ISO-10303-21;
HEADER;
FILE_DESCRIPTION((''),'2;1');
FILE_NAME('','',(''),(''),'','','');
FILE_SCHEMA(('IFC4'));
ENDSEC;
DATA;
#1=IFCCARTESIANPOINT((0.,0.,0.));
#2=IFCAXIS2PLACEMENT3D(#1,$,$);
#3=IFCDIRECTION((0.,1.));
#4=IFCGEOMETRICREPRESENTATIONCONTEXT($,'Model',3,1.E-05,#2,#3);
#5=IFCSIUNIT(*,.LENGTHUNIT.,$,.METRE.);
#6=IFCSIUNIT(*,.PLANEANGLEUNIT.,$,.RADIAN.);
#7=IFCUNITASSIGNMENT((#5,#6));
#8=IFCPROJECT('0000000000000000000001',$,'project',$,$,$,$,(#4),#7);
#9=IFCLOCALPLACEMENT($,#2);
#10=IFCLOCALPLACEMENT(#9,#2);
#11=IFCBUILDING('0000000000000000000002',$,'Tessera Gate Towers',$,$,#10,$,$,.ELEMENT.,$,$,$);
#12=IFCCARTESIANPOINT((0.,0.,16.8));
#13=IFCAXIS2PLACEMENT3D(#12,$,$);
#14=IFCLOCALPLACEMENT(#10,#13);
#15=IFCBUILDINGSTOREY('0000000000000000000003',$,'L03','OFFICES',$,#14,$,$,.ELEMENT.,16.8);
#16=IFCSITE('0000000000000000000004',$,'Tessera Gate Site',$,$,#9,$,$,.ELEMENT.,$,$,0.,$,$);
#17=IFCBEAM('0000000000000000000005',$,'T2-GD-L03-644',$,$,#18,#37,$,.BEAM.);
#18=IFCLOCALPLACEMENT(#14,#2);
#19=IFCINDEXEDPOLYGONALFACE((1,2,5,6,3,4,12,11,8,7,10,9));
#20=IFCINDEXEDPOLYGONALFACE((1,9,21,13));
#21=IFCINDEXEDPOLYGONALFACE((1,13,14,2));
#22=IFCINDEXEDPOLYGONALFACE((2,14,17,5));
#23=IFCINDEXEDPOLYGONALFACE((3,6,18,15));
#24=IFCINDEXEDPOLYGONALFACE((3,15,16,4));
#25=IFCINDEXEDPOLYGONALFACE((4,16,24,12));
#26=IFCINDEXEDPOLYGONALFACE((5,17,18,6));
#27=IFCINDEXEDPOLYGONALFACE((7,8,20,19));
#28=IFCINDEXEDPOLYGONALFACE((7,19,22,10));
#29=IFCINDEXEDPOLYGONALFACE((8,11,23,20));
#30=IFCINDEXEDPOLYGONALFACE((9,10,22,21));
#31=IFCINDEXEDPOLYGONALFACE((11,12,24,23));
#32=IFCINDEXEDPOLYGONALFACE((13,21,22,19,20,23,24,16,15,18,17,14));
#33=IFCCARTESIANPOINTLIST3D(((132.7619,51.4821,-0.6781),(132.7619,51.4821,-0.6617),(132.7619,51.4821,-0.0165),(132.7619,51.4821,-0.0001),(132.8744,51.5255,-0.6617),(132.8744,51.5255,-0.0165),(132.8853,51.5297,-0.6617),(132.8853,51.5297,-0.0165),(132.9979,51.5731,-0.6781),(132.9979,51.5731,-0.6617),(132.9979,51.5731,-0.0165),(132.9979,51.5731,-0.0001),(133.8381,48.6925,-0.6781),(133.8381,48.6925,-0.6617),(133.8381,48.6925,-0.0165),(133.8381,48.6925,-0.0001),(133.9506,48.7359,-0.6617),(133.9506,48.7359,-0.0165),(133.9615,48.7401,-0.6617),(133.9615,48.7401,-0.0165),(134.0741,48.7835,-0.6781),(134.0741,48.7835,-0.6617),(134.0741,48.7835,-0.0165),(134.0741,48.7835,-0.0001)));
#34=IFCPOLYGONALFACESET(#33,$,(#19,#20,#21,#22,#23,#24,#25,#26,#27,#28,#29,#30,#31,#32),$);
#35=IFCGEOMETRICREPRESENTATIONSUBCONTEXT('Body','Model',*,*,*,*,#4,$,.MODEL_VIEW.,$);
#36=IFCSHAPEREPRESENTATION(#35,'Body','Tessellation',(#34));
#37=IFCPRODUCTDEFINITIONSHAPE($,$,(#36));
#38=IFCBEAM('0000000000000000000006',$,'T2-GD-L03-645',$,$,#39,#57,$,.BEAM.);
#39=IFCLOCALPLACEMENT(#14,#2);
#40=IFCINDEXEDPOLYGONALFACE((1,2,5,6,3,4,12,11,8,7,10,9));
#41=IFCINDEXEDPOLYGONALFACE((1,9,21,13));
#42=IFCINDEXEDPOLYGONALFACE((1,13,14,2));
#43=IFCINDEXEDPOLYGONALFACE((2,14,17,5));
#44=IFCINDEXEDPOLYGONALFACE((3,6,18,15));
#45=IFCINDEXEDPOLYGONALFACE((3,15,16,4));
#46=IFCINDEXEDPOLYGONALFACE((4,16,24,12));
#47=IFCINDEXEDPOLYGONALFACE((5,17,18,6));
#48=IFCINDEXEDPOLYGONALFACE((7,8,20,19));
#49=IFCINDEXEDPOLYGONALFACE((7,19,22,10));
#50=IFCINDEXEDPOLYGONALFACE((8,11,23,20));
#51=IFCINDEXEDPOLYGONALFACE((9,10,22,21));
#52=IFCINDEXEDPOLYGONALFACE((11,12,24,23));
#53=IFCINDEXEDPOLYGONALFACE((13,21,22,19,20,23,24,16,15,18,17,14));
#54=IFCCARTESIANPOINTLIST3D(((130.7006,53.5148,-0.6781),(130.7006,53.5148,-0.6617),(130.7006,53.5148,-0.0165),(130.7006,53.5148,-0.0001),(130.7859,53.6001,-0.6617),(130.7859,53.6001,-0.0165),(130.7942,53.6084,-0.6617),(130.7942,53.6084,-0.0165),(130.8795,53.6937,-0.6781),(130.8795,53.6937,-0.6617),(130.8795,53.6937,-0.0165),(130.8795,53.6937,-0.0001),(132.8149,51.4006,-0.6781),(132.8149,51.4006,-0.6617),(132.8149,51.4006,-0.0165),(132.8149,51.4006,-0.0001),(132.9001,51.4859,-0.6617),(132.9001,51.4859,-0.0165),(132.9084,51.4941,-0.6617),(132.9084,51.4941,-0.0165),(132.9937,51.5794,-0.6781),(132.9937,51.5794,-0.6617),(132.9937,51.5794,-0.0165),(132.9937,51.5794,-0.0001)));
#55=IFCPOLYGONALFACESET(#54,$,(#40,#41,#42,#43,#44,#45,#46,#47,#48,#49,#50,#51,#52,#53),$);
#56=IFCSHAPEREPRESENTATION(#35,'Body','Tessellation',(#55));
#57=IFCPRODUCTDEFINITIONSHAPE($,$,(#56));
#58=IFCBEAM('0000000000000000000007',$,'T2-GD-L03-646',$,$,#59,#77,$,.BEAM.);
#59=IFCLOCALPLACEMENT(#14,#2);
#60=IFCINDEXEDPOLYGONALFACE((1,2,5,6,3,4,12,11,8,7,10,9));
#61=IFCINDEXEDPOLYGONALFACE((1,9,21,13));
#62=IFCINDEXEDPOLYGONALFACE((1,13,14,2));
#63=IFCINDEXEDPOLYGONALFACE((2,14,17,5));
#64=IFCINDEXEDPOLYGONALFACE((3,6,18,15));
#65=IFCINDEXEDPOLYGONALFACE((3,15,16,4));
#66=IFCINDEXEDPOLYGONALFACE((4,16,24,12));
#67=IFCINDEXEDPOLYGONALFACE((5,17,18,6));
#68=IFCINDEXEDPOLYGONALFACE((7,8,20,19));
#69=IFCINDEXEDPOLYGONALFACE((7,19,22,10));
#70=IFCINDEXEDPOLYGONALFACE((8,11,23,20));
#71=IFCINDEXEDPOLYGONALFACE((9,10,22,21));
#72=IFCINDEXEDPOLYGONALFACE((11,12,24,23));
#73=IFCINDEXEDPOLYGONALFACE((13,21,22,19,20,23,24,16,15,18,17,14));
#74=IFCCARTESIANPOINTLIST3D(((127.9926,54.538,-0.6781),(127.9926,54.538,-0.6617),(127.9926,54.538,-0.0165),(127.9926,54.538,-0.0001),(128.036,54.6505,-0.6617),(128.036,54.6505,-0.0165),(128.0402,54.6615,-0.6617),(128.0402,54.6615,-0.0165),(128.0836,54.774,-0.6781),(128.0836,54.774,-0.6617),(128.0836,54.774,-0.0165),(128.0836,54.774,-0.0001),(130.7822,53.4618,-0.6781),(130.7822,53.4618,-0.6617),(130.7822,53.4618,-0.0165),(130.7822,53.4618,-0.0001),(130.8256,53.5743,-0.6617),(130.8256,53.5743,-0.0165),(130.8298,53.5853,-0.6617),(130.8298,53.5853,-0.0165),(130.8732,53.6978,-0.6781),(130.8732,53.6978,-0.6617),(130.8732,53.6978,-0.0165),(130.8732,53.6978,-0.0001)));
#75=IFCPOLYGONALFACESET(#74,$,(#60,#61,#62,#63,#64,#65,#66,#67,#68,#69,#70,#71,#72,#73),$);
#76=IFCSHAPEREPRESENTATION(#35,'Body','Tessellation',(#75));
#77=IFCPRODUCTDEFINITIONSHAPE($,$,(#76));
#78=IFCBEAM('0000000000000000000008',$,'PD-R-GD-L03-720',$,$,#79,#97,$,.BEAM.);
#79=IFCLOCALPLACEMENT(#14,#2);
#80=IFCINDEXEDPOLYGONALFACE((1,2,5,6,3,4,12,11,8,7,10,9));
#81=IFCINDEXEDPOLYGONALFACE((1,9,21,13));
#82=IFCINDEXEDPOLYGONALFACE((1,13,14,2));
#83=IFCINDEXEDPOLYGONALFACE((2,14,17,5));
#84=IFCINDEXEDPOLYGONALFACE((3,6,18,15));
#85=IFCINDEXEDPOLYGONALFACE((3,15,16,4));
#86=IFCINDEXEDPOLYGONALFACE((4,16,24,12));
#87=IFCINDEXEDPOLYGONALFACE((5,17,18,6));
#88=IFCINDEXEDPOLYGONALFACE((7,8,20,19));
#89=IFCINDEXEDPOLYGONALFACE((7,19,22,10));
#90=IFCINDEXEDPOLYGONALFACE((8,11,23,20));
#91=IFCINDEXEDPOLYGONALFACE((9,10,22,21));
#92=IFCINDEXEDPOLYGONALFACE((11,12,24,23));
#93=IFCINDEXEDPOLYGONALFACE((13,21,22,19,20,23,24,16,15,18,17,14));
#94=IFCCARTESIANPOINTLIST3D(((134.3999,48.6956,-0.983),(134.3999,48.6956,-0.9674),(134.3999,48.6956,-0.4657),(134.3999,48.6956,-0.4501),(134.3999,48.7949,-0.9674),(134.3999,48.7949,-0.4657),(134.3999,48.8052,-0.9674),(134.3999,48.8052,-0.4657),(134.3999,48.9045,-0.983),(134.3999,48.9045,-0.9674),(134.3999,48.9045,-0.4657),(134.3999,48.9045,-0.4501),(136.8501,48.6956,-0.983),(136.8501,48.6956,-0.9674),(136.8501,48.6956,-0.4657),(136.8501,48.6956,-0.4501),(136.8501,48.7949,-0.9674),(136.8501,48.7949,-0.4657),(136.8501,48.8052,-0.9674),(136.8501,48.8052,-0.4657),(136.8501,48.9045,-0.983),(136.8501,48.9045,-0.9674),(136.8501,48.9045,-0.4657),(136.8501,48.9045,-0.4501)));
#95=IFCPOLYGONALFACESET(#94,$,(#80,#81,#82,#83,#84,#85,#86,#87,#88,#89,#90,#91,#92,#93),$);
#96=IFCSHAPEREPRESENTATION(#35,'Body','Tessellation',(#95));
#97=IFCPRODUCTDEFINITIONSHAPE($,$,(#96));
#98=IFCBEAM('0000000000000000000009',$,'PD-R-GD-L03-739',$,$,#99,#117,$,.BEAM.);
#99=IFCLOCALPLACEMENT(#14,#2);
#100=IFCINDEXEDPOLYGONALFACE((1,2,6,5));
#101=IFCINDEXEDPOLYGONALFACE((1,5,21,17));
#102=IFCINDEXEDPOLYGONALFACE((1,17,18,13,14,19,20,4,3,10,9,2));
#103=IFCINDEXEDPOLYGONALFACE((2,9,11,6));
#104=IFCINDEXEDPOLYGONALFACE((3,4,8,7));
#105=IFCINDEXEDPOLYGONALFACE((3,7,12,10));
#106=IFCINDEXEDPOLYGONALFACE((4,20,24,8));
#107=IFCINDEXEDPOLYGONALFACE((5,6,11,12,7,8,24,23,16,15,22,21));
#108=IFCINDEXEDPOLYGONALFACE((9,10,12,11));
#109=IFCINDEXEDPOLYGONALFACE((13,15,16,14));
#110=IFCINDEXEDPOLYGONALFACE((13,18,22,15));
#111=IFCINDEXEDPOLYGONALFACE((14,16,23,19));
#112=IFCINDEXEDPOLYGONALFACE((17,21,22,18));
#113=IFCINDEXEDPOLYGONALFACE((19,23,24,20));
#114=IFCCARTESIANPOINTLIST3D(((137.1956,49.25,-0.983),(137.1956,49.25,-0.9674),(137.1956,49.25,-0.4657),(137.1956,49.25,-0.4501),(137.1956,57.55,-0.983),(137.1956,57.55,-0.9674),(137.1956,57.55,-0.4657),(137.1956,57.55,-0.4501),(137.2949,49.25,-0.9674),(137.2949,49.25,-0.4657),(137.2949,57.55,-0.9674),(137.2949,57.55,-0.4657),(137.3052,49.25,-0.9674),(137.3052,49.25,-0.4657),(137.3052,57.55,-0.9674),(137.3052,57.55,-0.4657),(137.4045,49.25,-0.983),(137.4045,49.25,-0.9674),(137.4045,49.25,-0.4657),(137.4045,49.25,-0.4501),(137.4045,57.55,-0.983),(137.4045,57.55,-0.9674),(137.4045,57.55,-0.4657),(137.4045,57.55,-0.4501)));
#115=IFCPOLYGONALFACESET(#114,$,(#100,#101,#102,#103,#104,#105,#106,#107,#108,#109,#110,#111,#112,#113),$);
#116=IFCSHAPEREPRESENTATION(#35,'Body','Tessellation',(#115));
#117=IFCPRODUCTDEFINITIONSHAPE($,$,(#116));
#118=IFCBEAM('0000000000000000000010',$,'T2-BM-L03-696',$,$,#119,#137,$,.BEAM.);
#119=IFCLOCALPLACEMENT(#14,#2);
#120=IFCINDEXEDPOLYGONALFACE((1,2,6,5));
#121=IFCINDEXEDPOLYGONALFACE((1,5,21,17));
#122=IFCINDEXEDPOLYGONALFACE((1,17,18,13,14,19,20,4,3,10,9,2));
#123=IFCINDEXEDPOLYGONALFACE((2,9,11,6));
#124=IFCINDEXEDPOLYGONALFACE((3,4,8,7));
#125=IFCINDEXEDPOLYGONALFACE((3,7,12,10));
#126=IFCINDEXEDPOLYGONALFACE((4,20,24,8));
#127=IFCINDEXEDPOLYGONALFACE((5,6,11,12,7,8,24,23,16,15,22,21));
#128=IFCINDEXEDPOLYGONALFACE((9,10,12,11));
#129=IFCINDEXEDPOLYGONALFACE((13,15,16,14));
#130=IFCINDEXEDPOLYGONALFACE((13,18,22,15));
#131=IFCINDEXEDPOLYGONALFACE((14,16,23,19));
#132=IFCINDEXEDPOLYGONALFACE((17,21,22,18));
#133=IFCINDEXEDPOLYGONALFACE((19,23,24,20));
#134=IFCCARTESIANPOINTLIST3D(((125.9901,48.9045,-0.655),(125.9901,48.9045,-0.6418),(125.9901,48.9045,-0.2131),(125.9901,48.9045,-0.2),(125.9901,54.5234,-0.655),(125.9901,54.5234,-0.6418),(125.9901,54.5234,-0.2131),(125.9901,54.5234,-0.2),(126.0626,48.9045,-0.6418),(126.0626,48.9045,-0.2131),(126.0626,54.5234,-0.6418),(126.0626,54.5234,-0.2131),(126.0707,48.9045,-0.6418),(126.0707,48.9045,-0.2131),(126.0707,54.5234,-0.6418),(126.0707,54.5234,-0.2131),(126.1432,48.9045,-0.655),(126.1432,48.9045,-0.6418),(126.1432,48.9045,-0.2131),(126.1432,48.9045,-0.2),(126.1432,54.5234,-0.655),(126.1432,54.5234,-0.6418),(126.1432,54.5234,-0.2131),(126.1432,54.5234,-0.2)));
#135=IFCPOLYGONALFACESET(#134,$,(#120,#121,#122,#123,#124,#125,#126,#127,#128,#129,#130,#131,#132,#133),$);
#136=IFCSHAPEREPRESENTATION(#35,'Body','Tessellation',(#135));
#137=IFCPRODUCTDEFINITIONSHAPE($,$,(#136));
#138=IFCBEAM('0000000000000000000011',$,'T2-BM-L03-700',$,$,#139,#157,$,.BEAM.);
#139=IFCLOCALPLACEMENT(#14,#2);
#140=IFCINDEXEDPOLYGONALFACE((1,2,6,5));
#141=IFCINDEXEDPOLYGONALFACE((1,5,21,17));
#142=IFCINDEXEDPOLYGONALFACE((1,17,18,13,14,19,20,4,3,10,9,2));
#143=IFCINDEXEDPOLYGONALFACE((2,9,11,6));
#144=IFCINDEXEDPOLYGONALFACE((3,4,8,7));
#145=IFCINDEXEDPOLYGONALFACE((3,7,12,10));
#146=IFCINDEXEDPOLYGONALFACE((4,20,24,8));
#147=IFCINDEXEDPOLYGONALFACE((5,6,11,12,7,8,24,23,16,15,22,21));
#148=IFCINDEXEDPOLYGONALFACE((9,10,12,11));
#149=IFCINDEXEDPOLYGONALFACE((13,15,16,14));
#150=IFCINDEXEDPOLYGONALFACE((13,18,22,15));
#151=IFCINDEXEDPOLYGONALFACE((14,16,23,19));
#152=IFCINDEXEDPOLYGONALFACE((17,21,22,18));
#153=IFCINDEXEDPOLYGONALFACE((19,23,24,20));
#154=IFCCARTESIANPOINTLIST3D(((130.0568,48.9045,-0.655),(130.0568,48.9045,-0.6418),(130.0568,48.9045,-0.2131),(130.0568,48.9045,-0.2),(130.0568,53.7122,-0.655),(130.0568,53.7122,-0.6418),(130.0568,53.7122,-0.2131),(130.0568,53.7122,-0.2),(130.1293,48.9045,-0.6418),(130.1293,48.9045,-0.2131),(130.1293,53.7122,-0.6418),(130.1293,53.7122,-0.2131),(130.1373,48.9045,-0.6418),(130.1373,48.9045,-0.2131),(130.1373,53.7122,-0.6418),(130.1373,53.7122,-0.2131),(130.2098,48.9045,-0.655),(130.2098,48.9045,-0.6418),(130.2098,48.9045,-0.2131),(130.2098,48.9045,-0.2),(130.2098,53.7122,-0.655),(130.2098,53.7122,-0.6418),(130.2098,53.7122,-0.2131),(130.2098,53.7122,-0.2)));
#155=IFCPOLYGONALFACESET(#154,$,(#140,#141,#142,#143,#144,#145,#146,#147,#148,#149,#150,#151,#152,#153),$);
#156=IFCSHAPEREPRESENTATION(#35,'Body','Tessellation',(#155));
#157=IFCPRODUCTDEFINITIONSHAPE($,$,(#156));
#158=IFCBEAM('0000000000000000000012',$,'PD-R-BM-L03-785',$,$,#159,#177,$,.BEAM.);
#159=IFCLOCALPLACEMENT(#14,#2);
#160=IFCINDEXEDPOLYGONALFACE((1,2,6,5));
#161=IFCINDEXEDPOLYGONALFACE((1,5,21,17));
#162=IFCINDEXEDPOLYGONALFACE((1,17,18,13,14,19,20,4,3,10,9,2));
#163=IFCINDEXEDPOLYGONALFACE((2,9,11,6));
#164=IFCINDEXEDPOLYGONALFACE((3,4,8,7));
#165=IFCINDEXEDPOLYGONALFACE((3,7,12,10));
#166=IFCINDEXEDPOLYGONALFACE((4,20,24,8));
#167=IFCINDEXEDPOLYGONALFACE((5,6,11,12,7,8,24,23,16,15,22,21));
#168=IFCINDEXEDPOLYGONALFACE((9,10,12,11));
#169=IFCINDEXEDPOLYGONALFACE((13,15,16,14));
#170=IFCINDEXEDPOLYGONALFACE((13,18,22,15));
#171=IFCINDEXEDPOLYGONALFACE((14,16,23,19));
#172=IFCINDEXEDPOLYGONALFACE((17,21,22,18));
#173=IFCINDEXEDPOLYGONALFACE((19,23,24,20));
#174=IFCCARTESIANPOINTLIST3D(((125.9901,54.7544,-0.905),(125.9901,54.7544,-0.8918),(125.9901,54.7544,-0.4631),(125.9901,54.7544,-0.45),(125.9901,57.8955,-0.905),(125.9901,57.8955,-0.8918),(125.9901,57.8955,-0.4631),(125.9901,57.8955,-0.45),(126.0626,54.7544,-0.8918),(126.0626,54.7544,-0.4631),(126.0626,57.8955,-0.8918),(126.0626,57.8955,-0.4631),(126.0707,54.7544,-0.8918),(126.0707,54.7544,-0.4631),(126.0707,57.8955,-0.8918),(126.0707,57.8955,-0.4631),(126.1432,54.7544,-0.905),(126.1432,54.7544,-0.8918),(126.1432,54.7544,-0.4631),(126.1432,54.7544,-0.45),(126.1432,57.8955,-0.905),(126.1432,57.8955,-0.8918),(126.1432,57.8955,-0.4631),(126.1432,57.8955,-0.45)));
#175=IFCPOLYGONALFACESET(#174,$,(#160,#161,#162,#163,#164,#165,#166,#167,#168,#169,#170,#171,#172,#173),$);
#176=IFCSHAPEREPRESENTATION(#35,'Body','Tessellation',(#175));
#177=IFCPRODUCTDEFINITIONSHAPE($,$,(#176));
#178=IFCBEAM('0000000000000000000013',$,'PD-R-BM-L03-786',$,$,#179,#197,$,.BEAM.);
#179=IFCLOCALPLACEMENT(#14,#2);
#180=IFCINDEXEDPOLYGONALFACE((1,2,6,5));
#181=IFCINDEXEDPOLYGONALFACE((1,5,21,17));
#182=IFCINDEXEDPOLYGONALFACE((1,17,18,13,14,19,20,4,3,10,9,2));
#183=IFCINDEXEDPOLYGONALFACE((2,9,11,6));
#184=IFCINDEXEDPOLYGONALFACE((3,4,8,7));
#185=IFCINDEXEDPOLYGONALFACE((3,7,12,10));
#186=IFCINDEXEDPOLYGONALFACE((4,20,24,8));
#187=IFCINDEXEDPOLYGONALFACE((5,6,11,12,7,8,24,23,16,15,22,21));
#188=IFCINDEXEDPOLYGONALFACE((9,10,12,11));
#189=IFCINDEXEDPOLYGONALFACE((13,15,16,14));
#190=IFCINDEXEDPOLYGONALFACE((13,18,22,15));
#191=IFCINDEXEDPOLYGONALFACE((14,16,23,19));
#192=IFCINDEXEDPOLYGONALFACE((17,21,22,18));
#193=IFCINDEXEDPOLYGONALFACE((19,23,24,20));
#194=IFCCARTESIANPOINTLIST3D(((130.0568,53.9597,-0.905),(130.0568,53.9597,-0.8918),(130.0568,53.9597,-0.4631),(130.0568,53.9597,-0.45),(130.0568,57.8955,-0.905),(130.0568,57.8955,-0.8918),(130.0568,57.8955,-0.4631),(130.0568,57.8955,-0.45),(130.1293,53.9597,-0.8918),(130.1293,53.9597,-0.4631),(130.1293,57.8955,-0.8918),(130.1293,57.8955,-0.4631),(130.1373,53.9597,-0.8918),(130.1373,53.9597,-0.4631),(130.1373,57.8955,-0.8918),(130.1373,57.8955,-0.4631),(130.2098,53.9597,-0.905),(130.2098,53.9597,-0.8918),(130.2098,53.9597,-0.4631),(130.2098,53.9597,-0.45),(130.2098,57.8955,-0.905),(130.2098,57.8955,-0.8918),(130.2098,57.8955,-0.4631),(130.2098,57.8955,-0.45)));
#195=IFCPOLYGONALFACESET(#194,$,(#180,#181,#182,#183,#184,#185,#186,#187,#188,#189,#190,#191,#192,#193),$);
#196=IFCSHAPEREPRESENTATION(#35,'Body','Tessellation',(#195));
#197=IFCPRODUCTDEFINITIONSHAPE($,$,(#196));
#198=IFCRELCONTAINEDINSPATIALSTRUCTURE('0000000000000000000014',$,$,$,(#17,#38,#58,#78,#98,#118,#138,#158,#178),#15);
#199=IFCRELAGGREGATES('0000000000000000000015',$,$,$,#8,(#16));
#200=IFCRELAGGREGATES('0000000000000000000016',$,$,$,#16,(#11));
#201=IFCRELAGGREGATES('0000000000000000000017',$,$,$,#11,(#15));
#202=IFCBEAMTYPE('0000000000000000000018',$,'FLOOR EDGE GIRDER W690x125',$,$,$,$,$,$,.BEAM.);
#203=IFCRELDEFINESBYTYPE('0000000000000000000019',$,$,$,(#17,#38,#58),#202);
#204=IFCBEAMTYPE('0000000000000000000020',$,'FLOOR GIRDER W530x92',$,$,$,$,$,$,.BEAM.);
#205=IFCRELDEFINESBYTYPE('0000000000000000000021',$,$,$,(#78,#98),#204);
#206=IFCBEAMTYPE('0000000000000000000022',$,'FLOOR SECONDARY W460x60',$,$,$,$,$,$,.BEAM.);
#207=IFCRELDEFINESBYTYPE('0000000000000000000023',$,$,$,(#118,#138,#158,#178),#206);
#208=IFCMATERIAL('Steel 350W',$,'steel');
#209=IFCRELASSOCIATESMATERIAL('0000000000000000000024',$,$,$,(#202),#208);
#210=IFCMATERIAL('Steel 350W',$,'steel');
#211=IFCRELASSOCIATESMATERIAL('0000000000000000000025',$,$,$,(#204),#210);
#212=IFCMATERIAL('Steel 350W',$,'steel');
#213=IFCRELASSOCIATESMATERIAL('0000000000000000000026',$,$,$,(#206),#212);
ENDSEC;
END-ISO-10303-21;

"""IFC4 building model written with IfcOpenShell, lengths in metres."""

from ifc_helpers import new_model, si_unit, direction, frame, origin, origin_2d, place, context, subcontext, project, spatial, i_section, extrude, material, material_profile, profile_set, type_object, element, save


model = new_model("IFC4")

# Units and contexts
model_context = context("Model", 3, precision=1e-05, world=origin(), true_north=direction((0.0, 1.0)))
body_context = subcontext(model_context, "Body", "Model", "MODEL_VIEW")
ifc_project = project(units=[si_unit("LENGTHUNIT", "METRE"), si_unit("PLANEANGLEUNIT", "RADIAN")], contexts=[model_context])

# Site, building, storey
site_placement = place(None, origin())
site = spatial("IfcSite", under=ifc_project, at=site_placement, Name="Tessera Gate Site", CompositionType="ELEMENT", RefElevation=0.0)
building_placement = place(site_placement, origin())
building = spatial("IfcBuilding", under=site, at=building_placement, Name="Tessera Gate Towers", CompositionType="ELEMENT")
storey_placement = place(building_placement, frame((0.0, 0.0, 16.8)))
storey = spatial("IfcBuildingStorey", under=building, at=storey_placement, Name="L03", Description="OFFICES", CompositionType="ELEMENT", Elevation=16.8)

# Beams
ifc_material_1 = material(Name="Steel 350W", Category="steel")
ifc_material_profile_1 = material_profile(ifc_material_1, i_section(OverallWidth=0.2529, OverallDepth=0.678, WebThickness=0.0117, FlangeThickness=0.0164, at=origin_2d()), Name="W690x125")
ifc_profile_set_1 = profile_set([ifc_material_profile_1], Name="Steel 350W")
beam_type_1 = type_object("IfcBeamType", Name="FLOOR EDGE GIRDER W690x125", PredefinedType="BEAM", material=ifc_profile_set_1)
for number, where, z_axis, x_axis, name in (
    (1, (132.8799, 51.5276, -0.3391), (0.359931, -0.932979, 0.0), (0.932979, 0.359931, 0.0), "T2-GD-L03-644"),
    (2, (130.79, 53.6042, -0.3391), (0.707107, -0.707107, 0.0), (0.707107, 0.707107, 0.0), "T2-GD-L03-645"),
    (3, (128.0381, 54.656, -0.3391), (0.932979, -0.359931, 0.0), (0.359931, 0.932979, 0.0), "T2-GD-L03-646"),
):
    element("IfcBeam", number, at=place(storey_placement, frame(where, z_axis=z_axis, x_axis=x_axis)), inside=storey, type_object=beam_type_1, Name=name, PredefinedType="BEAM", context=body_context, shape_type="SweptSolid", body=[
        extrude(i_section(OverallWidth=0.2529, OverallDepth=0.678, WebThickness=0.0117, FlangeThickness=0.0164, at=origin_2d()), origin(), (0.0, 0.0, 1.0), 2.99),
    ])
ifc_material_2 = material(Name="Steel 350W", Category="steel")
ifc_material_profile_2 = material_profile(ifc_material_2, i_section(OverallWidth=0.209, OverallDepth=0.533, WebThickness=0.0103, FlangeThickness=0.0156, at=origin_2d()), Name="W530x92")
ifc_profile_set_2 = profile_set([ifc_material_profile_2], Name="Steel 350W")
beam_type_2 = type_object("IfcBeamType", Name="FLOOR GIRDER W530x92", PredefinedType="BEAM", material=ifc_profile_set_2)
beam_1_placement = place(storey_placement, frame((134.3999, 48.8, -0.7166), z_axis=(1.0, 0.0, 0.0), x_axis=(0.0, 1.0, 0.0)))
element("IfcBeam", 4, at=beam_1_placement, inside=storey, type_object=beam_type_2, Name="PD-R-GD-L03-720", PredefinedType="BEAM", context=body_context, shape_type="SweptSolid", body=[
    extrude(i_section(OverallWidth=0.209, OverallDepth=0.533, WebThickness=0.0103, FlangeThickness=0.0156, at=origin_2d()), origin(), (0.0, 0.0, 1.0), 2.4502),
])
beam_2_placement = place(storey_placement, frame((137.3, 49.25, -0.7166), z_axis=(0.0, 1.0, 0.0), x_axis=(-1.0, 0.0, 0.0)))
element("IfcBeam", 5, at=beam_2_placement, inside=storey, type_object=beam_type_2, Name="PD-R-GD-L03-739", PredefinedType="BEAM", context=body_context, shape_type="SweptSolid", body=[
    extrude(i_section(OverallWidth=0.209, OverallDepth=0.533, WebThickness=0.0103, FlangeThickness=0.0156, at=origin_2d()), origin(), (0.0, 0.0, 1.0), 8.3),
])
ifc_material_3 = material(Name="Steel 350W", Category="steel")
ifc_material_profile_3 = material_profile(ifc_material_3, i_section(OverallWidth=0.1531, OverallDepth=0.4551, WebThickness=0.0081, FlangeThickness=0.0132, at=origin_2d()), Name="W460x60")
ifc_profile_set_3 = profile_set([ifc_material_profile_3], Name="Steel 350W")
beam_type_3 = type_object("IfcBeamType", Name="FLOOR SECONDARY W460x60", PredefinedType="BEAM", material=ifc_profile_set_3)
beam_3_placement = place(storey_placement, frame((126.0667, 48.9045, -0.4275), z_axis=(0.0, 1.0, 0.0), x_axis=(-1.0, 0.0, 0.0)))
element("IfcBeam", 6, at=beam_3_placement, inside=storey, type_object=beam_type_3, Name="T2-BM-L03-696", PredefinedType="BEAM", context=body_context, shape_type="SweptSolid", body=[
    extrude(i_section(OverallWidth=0.1531, OverallDepth=0.4551, WebThickness=0.0081, FlangeThickness=0.0132, at=origin_2d()), origin(), (0.0, 0.0, 1.0), 5.6189),
])
beam_4_placement = place(storey_placement, frame((130.1333, 48.9045, -0.4275), z_axis=(0.0, 1.0, 0.0), x_axis=(-1.0, 0.0, 0.0)))
element("IfcBeam", 7, at=beam_4_placement, inside=storey, type_object=beam_type_3, Name="T2-BM-L03-700", PredefinedType="BEAM", context=body_context, shape_type="SweptSolid", body=[
    extrude(i_section(OverallWidth=0.1531, OverallDepth=0.4551, WebThickness=0.0081, FlangeThickness=0.0132, at=origin_2d()), origin(), (0.0, 0.0, 1.0), 4.8076),
])
beam_5_placement = place(storey_placement, frame((126.0667, 54.7544, -0.6775), z_axis=(0.0, 1.0, 0.0), x_axis=(-1.0, 0.0, 0.0)))
element("IfcBeam", 8, at=beam_5_placement, inside=storey, type_object=beam_type_3, Name="PD-R-BM-L03-785", PredefinedType="BEAM", context=body_context, shape_type="SweptSolid", body=[
    extrude(i_section(OverallWidth=0.1531, OverallDepth=0.4551, WebThickness=0.0081, FlangeThickness=0.0132, at=origin_2d()), origin(), (0.0, 0.0, 1.0), 3.1411),
])
beam_6_placement = place(storey_placement, frame((130.1333, 53.9597, -0.6775), z_axis=(0.0, 1.0, 0.0), x_axis=(-1.0, 0.0, 0.0)))
element("IfcBeam", 9, at=beam_6_placement, inside=storey, type_object=beam_type_3, Name="PD-R-BM-L03-786", PredefinedType="BEAM", context=body_context, shape_type="SweptSolid", body=[
    extrude(i_section(OverallWidth=0.1531, OverallDepth=0.4551, WebThickness=0.0081, FlangeThickness=0.0132, at=origin_2d()), origin(), (0.0, 0.0, 1.0), 3.9358),
])

save(model, "model.ifc")
